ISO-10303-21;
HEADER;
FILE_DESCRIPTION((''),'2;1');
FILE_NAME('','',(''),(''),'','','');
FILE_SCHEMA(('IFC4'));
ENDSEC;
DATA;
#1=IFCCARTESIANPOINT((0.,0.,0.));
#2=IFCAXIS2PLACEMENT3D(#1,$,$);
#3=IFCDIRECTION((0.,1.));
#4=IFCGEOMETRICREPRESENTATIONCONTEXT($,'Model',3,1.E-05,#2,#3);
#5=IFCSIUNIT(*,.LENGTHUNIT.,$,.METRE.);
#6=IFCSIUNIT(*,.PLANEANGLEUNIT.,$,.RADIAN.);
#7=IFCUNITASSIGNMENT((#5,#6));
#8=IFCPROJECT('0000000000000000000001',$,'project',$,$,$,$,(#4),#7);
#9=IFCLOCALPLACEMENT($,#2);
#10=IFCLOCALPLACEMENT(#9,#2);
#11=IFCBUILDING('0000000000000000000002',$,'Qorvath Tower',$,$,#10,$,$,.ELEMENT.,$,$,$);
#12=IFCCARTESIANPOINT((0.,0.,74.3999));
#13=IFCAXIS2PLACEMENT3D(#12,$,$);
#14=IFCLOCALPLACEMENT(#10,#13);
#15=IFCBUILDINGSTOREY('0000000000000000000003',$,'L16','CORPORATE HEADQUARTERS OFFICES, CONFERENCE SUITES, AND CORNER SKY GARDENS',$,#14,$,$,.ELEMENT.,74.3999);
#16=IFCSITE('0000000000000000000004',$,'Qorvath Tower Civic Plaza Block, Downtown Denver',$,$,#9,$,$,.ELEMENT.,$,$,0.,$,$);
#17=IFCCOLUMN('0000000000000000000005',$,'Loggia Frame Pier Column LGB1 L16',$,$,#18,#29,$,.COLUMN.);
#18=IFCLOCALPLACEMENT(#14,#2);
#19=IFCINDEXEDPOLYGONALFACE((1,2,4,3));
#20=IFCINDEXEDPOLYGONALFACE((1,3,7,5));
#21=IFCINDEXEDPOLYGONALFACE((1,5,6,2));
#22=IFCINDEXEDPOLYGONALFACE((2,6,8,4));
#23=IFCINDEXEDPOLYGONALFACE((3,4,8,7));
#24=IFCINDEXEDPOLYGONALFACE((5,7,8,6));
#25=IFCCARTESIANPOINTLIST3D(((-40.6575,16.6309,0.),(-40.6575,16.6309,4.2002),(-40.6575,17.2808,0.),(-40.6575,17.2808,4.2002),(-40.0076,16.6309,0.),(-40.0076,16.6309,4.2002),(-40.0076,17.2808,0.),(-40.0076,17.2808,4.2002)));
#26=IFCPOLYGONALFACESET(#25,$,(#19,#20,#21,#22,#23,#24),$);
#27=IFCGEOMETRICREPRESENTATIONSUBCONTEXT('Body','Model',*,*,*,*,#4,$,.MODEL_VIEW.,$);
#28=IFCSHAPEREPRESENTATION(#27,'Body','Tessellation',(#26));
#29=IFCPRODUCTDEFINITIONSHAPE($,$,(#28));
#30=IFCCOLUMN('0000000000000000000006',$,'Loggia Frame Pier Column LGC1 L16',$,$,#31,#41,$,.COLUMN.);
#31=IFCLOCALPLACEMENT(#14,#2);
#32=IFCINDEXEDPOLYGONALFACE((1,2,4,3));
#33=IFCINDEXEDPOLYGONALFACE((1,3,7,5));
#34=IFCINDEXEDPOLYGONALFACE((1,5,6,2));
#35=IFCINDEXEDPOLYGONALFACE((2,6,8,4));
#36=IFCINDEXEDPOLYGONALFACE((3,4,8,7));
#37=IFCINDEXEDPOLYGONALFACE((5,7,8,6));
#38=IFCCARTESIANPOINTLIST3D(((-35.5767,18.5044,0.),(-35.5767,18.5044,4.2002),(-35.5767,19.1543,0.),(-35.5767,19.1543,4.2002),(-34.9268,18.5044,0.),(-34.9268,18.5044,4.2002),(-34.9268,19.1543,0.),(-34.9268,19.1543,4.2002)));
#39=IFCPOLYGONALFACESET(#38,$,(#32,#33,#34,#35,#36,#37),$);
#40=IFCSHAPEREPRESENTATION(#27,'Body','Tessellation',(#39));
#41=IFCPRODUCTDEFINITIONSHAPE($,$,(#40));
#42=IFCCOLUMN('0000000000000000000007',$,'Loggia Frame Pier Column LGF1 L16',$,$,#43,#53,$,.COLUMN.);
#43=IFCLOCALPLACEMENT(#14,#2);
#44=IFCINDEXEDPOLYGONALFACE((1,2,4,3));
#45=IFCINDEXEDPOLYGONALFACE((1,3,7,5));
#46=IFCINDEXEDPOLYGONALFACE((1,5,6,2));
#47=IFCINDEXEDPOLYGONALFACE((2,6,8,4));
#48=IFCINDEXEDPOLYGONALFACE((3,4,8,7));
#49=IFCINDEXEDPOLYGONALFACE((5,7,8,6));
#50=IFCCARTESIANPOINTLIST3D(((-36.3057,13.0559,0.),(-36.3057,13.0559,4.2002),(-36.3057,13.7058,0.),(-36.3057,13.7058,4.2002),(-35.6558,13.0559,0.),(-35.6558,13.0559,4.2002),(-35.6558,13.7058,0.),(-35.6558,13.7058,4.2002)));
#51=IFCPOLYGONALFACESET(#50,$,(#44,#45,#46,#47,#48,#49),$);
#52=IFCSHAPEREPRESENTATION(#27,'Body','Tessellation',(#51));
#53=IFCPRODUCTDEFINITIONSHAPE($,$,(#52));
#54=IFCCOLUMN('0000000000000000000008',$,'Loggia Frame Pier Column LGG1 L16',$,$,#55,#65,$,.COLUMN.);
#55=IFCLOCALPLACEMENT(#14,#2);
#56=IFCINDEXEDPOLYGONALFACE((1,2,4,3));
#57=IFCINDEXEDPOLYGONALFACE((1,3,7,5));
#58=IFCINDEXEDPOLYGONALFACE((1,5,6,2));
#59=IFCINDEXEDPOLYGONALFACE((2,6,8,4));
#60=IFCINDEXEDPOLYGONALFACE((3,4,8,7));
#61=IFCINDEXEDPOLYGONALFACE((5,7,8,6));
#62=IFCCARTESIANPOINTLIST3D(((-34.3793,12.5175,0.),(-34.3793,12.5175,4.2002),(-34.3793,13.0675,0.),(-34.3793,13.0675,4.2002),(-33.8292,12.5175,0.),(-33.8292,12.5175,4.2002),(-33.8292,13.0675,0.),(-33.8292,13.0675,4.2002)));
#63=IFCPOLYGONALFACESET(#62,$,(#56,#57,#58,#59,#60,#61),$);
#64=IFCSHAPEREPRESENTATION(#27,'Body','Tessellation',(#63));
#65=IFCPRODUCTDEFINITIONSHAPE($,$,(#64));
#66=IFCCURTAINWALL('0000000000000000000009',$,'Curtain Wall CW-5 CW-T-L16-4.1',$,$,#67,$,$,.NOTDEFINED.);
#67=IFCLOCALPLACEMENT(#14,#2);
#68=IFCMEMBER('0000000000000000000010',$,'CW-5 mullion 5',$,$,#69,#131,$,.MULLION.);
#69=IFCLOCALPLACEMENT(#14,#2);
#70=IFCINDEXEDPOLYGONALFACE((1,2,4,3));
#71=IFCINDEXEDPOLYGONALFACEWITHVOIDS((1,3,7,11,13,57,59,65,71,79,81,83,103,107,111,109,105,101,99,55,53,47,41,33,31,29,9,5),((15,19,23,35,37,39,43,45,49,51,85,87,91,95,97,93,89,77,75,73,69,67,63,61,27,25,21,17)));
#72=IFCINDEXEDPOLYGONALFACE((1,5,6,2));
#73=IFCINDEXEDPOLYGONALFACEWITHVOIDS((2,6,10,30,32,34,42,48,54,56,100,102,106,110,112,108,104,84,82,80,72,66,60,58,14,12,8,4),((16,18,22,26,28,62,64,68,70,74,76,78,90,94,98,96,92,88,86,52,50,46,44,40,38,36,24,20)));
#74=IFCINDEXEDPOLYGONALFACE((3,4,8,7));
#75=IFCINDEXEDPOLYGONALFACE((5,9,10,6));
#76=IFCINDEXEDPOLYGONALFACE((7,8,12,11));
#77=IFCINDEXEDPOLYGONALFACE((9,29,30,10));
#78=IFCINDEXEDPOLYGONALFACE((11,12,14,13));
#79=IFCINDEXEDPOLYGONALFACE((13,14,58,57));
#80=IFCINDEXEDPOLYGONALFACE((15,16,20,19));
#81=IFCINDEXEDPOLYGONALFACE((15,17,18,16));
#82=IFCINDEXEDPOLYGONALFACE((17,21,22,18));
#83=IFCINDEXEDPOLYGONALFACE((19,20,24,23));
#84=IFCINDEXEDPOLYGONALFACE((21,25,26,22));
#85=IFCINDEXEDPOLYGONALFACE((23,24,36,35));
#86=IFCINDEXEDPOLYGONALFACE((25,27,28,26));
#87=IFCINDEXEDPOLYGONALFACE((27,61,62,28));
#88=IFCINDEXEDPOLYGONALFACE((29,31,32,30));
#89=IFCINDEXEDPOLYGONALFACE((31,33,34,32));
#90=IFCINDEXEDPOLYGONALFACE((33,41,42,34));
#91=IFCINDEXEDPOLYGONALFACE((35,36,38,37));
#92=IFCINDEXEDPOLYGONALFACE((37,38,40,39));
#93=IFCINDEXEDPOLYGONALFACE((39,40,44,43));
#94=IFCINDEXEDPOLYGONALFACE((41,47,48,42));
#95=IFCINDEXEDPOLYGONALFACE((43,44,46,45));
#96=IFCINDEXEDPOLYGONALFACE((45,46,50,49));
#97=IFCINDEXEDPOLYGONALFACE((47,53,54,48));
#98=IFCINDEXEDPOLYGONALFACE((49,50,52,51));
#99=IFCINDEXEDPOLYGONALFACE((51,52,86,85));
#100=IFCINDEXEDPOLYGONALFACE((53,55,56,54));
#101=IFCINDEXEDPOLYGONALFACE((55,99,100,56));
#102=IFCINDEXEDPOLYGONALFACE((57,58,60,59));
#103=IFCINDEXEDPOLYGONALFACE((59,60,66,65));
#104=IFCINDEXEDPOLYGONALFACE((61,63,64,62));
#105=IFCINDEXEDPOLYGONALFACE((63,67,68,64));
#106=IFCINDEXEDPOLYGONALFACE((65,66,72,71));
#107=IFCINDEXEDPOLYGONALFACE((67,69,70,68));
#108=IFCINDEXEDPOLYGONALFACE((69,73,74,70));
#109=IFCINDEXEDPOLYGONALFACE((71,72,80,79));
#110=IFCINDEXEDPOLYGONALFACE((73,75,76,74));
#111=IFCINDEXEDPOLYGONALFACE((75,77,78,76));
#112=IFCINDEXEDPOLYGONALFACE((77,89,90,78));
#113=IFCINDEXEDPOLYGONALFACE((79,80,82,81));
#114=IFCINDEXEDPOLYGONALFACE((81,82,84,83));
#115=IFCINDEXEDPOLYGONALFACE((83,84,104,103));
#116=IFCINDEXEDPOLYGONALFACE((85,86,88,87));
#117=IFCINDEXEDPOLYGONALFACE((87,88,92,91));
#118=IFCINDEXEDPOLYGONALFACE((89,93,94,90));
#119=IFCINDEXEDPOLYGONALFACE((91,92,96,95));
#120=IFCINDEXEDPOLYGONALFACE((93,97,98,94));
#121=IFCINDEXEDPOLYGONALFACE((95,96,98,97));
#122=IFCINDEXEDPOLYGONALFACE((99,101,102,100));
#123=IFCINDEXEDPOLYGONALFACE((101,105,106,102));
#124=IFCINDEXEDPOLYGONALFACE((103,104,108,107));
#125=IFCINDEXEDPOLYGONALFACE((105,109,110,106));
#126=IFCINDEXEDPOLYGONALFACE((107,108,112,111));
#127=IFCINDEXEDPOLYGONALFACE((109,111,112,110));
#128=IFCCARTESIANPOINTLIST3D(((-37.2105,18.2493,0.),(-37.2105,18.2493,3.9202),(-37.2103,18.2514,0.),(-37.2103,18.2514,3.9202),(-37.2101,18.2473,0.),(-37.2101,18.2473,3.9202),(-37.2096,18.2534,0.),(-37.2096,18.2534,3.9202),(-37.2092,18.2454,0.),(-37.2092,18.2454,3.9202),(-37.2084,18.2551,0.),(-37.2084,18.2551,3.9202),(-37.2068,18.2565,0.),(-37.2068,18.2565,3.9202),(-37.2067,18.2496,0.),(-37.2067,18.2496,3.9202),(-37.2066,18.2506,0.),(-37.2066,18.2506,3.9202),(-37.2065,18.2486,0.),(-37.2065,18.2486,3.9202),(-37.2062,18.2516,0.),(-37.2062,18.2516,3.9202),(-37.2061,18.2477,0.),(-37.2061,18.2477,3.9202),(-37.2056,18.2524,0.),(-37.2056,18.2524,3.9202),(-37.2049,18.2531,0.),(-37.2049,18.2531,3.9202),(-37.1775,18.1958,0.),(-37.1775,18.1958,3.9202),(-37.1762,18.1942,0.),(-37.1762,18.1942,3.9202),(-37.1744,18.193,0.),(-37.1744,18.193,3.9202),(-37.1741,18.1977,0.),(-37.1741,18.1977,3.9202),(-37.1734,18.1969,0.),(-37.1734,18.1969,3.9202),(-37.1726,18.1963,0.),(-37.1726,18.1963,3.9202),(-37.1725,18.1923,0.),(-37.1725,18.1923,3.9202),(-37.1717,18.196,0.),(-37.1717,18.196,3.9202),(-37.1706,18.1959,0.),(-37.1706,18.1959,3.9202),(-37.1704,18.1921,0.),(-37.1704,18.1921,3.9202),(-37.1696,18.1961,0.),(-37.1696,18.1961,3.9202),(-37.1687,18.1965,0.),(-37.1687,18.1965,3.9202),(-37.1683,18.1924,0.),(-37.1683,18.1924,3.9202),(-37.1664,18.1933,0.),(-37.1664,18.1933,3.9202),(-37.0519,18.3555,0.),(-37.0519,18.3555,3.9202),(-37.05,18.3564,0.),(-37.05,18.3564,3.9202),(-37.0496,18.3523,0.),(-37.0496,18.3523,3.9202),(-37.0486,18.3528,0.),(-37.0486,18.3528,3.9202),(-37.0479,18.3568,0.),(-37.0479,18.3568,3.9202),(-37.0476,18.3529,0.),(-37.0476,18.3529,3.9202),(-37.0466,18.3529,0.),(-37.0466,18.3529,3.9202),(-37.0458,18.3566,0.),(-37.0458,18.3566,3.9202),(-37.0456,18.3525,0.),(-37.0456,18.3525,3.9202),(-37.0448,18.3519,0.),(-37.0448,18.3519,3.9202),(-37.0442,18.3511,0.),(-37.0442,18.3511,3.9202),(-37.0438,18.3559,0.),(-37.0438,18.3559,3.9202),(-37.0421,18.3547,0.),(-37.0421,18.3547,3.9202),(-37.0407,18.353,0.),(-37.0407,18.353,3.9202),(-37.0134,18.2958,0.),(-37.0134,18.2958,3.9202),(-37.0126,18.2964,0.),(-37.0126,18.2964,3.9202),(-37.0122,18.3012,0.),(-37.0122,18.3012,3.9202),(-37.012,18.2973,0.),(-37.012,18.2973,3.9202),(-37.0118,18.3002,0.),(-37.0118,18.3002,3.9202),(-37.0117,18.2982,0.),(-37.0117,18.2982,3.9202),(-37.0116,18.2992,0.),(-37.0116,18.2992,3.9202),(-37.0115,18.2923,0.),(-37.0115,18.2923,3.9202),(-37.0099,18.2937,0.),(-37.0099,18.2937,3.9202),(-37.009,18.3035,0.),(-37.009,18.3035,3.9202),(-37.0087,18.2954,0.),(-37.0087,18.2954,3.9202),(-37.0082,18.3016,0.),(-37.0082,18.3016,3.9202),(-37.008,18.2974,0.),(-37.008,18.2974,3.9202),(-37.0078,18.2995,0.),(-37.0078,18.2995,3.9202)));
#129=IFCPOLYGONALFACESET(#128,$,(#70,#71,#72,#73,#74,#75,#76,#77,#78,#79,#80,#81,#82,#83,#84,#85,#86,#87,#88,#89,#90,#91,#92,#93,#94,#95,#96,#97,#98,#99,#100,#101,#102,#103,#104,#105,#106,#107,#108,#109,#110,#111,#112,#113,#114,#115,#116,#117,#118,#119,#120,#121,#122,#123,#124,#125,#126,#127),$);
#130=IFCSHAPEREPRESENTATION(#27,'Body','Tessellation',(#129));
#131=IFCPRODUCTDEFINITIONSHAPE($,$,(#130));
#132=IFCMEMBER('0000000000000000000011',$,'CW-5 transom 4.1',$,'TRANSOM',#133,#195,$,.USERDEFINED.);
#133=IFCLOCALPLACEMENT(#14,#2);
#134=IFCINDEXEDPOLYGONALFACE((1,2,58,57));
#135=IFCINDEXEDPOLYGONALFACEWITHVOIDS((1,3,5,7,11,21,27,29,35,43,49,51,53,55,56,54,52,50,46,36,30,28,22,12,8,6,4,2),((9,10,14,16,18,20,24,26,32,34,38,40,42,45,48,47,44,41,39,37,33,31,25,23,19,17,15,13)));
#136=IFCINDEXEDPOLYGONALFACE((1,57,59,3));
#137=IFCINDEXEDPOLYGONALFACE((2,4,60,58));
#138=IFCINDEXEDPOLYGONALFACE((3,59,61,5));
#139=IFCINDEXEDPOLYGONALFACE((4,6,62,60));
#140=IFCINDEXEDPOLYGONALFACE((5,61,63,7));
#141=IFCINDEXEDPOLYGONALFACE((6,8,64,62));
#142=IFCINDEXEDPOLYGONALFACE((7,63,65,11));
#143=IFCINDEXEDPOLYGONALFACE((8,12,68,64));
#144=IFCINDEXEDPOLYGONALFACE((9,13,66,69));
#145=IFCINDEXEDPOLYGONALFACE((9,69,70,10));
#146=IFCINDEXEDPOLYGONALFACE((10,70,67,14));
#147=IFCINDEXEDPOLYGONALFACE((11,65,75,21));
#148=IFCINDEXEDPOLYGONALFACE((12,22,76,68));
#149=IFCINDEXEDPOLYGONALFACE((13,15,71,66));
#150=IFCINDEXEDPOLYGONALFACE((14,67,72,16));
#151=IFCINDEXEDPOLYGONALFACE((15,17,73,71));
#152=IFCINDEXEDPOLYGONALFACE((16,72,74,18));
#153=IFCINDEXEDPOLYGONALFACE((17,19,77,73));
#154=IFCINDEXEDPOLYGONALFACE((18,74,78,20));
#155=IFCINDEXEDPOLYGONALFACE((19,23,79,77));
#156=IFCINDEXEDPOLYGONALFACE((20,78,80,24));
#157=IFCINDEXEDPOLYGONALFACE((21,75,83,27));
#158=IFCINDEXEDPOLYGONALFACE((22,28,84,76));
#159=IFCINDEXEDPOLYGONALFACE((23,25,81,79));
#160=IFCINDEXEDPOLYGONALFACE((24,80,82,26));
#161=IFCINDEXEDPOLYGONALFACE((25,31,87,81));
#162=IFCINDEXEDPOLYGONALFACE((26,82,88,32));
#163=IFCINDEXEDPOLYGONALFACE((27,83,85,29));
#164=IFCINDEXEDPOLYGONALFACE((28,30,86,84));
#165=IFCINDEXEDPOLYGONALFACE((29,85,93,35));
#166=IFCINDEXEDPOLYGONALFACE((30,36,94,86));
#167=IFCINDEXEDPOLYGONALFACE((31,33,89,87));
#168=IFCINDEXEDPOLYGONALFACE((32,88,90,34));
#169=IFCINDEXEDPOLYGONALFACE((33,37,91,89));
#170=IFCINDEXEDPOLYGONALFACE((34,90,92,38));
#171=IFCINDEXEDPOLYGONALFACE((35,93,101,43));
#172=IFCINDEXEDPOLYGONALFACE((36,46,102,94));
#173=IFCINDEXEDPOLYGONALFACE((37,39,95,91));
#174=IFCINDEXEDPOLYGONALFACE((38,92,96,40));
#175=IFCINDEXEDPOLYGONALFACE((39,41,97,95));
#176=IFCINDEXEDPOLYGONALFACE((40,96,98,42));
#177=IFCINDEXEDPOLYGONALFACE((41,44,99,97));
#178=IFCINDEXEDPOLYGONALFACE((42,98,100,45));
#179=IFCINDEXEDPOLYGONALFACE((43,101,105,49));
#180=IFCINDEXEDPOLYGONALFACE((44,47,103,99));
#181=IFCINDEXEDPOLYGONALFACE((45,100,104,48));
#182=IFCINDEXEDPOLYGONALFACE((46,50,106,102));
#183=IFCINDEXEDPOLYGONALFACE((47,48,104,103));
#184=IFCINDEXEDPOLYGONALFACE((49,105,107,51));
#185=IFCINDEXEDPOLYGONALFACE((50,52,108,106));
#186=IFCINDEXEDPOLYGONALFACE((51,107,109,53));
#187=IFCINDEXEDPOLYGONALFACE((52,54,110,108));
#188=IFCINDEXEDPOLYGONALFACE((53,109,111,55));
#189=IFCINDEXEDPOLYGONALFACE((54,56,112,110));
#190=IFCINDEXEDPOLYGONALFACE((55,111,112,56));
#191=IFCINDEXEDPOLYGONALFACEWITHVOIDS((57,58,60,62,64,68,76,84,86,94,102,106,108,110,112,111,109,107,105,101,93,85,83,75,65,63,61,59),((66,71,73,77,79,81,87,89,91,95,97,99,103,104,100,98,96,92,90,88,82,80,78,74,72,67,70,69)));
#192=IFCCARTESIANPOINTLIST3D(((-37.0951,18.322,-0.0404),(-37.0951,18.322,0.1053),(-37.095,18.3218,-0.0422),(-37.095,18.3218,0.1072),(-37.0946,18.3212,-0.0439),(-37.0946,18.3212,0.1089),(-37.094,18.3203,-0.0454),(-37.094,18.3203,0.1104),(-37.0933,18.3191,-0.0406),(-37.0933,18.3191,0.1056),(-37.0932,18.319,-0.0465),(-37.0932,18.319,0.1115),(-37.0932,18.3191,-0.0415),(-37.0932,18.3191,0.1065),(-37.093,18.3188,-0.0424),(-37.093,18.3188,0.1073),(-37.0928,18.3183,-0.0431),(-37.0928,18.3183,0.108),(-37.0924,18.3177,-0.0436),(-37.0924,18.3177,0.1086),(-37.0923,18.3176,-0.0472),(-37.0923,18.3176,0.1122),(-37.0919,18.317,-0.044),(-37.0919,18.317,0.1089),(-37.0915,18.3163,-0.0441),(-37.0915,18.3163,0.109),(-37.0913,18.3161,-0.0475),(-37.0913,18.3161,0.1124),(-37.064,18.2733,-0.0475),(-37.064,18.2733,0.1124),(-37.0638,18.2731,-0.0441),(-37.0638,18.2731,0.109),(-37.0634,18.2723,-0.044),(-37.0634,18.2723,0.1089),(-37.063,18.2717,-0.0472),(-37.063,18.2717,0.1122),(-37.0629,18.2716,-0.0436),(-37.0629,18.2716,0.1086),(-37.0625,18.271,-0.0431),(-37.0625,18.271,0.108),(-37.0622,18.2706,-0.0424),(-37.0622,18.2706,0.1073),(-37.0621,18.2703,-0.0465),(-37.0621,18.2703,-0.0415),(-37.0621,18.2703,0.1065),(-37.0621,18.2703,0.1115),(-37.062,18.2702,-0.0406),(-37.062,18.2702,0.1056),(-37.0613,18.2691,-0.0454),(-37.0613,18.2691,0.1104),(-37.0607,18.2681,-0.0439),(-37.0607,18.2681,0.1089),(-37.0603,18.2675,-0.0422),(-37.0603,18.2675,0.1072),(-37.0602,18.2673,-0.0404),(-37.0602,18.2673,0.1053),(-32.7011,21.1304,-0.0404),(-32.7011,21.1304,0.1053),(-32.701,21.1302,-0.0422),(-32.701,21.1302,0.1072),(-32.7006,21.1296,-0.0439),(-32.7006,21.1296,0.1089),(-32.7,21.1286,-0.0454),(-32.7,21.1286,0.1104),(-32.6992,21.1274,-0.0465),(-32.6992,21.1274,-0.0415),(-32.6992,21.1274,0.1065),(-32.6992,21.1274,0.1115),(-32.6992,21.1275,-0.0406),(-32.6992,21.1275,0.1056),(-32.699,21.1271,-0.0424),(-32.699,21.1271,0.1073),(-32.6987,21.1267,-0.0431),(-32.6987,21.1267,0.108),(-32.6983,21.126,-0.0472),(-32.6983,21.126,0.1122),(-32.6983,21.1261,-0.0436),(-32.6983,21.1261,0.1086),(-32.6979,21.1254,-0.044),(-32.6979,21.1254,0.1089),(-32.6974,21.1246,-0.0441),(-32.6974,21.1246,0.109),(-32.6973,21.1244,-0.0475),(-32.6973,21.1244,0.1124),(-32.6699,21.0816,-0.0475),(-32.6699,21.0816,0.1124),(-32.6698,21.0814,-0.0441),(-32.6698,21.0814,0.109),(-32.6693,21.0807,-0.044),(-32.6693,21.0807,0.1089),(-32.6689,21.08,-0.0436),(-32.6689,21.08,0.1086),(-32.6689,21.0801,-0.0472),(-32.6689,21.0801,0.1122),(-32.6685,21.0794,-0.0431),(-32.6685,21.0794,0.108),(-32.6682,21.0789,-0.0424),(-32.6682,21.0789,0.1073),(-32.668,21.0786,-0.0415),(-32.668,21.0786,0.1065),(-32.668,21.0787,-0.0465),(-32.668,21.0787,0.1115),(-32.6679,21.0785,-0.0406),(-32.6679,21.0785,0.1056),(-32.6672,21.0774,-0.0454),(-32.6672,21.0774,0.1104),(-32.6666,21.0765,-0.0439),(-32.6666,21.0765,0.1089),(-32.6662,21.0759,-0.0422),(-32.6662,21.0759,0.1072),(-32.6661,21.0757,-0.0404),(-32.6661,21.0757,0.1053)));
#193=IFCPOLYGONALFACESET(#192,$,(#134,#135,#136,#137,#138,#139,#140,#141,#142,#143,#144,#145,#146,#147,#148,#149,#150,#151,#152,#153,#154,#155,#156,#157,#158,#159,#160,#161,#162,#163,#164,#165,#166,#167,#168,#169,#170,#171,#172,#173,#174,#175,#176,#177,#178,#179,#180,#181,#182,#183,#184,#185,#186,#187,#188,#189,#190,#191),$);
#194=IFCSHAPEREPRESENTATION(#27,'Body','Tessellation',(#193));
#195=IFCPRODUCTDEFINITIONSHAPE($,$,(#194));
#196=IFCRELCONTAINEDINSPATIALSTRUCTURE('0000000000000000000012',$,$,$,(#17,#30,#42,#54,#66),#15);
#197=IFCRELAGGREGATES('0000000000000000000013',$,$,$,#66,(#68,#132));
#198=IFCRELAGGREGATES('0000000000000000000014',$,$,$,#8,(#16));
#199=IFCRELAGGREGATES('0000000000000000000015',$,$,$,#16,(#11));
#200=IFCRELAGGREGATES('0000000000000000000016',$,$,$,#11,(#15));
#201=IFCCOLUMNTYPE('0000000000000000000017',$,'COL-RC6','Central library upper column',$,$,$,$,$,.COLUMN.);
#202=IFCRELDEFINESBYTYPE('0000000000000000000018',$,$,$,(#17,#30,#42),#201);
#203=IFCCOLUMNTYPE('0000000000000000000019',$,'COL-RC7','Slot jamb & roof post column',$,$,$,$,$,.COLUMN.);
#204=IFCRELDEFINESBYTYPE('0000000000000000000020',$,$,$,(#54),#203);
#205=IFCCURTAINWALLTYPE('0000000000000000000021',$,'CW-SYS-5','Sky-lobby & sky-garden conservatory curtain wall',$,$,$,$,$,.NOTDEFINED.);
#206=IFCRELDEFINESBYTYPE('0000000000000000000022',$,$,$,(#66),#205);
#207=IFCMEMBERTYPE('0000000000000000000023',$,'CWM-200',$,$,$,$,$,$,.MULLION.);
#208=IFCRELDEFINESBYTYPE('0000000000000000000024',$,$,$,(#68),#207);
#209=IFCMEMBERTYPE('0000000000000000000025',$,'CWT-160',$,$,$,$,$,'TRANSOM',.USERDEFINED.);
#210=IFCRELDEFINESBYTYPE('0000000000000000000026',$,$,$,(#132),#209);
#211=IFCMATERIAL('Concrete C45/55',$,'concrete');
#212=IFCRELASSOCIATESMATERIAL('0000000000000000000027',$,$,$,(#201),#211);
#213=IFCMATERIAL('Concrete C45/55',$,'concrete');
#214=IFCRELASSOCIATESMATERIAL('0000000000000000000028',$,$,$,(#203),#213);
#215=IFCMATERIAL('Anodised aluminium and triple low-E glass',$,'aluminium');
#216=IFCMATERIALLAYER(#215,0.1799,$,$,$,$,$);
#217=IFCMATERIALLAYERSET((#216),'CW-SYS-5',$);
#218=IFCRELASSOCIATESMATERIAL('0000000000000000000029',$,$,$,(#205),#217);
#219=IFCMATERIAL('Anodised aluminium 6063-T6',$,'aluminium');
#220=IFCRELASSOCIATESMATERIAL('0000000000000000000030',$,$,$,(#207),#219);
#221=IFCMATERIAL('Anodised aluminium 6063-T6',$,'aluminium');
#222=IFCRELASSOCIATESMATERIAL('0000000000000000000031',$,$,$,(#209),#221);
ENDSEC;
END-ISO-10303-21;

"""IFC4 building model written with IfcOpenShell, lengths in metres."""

from ifc_helpers import new_model, si_unit, direction, frame, origin, origin_2d, place, context, subcontext, project, spatial, rectangle, hollow_rectangle, extrude, material, layer, layer_set, material_profile, profile_set, type_object, element, aggregate, save


model = new_model("IFC4")

# Units and contexts
model_context = context("Model", 3, precision=1e-05, world=origin(), true_north=direction((0.0, 1.0)))
body_context = subcontext(model_context, "Body", "Model", "MODEL_VIEW")
ifc_project = project(units=[si_unit("LENGTHUNIT", "METRE"), si_unit("PLANEANGLEUNIT", "RADIAN")], contexts=[model_context])

# Site, building, storey
site_placement = place(None, origin())
site = spatial("IfcSite", under=ifc_project, at=site_placement, Name="Qorvath Tower Civic Plaza Block, Downtown Denver", CompositionType="ELEMENT", RefElevation=0.0)
building_placement = place(site_placement, origin())
building = spatial("IfcBuilding", under=site, at=building_placement, Name="Qorvath Tower", CompositionType="ELEMENT")
storey_placement = place(building_placement, frame((0.0, 0.0, 74.3999)))
storey = spatial("IfcBuildingStorey", under=building, at=storey_placement, Name="L16", Description="CORPORATE HEADQUARTERS OFFICES, CONFERENCE SUITES, AND CORNER SKY GARDENS", CompositionType="ELEMENT", Elevation=74.3999)

# Columns
ifc_material_1 = material(Name="Concrete C45/55", Category="concrete")
ifc_material_profile_1 = material_profile(ifc_material_1, rectangle(XDim=0.6499, YDim=0.6499, at=origin_2d()), Name="RC 650x650")
ifc_profile_set_1 = profile_set([ifc_material_profile_1], Name="Concrete C45/55")
column_type_1 = type_object("IfcColumnType", Name="COL-RC6", Description="Central library upper column", PredefinedType="COLUMN", material=ifc_profile_set_1)
for number, where, z_axis, x_axis, name in (
    (1, (-40.3325, 16.9558, 0.0), (0.0, 0.0, 1.0), (1.0, 0.0, 0.0), "Loggia Frame Pier Column LGB1 L16"),
    (2, (-35.2517, 18.8293, 0.0), (0.0, 0.0, 1.0), (1.0, 0.0, 0.0), "Loggia Frame Pier Column LGC1 L16"),
    (3, (-35.9807, 13.3809, 0.0), (0.0, 0.0, 1.0), (1.0, 0.0, 0.0), "Loggia Frame Pier Column LGF1 L16"),
):
    element("IfcColumn", number, at=place(storey_placement, frame(where, z_axis=z_axis, x_axis=x_axis)), inside=storey, type_object=column_type_1, Name=name, PredefinedType="COLUMN", context=body_context, shape_type="SweptSolid", body=[
        extrude(rectangle(XDim=0.6499, YDim=0.6499, at=origin_2d()), origin(), (0.0, 0.0, 1.0), 4.2002),
    ])
ifc_material_2 = material(Name="Concrete C45/55", Category="concrete")
ifc_material_profile_2 = material_profile(ifc_material_2, rectangle(XDim=0.55, YDim=0.55, at=origin_2d()), Name="RC 550x550")
ifc_profile_set_2 = profile_set([ifc_material_profile_2], Name="Concrete C45/55")
column_type_2 = type_object("IfcColumnType", Name="COL-RC7", Description="Slot jamb & roof post column", PredefinedType="COLUMN", material=ifc_profile_set_2)
column_placement = place(storey_placement, frame((-34.1042, 12.7925, 0.0), z_axis=(0.0, 0.0, 1.0), x_axis=(1.0, 0.0, 0.0)))
element("IfcColumn", 4, at=column_placement, inside=storey, type_object=column_type_2, Name="Loggia Frame Pier Column LGG1 L16", PredefinedType="COLUMN", context=body_context, shape_type="SweptSolid", body=[
    extrude(rectangle(XDim=0.55, YDim=0.55, at=origin_2d()), origin(), (0.0, 0.0, 1.0), 4.2002),
])

# Curtain wall, members
ifc_material_3 = material(Name="Anodised aluminium and triple low-E glass", Category="aluminium")
ifc_layer_1 = layer(ifc_material_3, 0.1799)
ifc_layer_set_1 = layer_set([ifc_layer_1], Name="CW-SYS-5")
curtain_wall_type = type_object("IfcCurtainWallType", Name="CW-SYS-5", Description="Sky-lobby & sky-garden conservatory curtain wall", PredefinedType="NOTDEFINED", material=ifc_layer_set_1)
curtain_wall_placement = place(storey_placement, origin())
curtain_wall = element("IfcCurtainWall", 5, at=curtain_wall_placement, inside=storey, type_object=curtain_wall_type, Name="Curtain Wall CW-5 CW-T-L16-4.1", PredefinedType="NOTDEFINED")
ifc_material_4 = material(Name="Anodised aluminium 6063-T6", Category="aluminium")
ifc_material_profile_3 = material_profile(ifc_material_4, hollow_rectangle(XDim=0.075, YDim=0.2, WallThickness=0.0039, InnerFilletRadius=0.0039, OuterFilletRadius=0.0081, at=origin_2d()), Name="CWM 200x75")
ifc_profile_set_3 = profile_set([ifc_material_profile_3], Name="Anodised aluminium 6063-T6")
member_type_1 = type_object("IfcMemberType", Name="CWM-200", PredefinedType="MULLION", material=ifc_profile_set_3)
member_1_placement = place(storey_placement, frame((-37.1091, 18.2744, 0.0), z_axis=(0.0, 0.0, 1.0), x_axis=(0.538533, -0.842604, 0.0)))
member_1 = element("IfcMember", 6, at=member_1_placement, type_object=member_type_1, Name="CW-5 mullion 5", PredefinedType="MULLION", context=body_context, shape_type="SweptSolid", body=[
    extrude(hollow_rectangle(XDim=0.075, YDim=0.2, WallThickness=0.0039, InnerFilletRadius=0.0039, OuterFilletRadius=0.0081, at=origin_2d()), origin(), (0.0, 0.0, 1.0), 3.9202),
])
ifc_material_5 = material(Name="Anodised aluminium 6063-T6", Category="aluminium")
ifc_material_profile_4 = material_profile(ifc_material_5, hollow_rectangle(XDim=0.0649, YDim=0.1599, WallThickness=0.0034, InnerFilletRadius=0.0034, OuterFilletRadius=0.0071, at=origin_2d()), Name="CWT 160x65")
ifc_profile_set_4 = profile_set([ifc_material_profile_4], Name="Anodised aluminium 6063-T6")
member_type_2 = type_object("IfcMemberType", Name="CWT-160", ElementType="TRANSOM", PredefinedType="USERDEFINED", material=ifc_profile_set_4)
member_2_placement = place(storey_placement, frame((-32.6836, 21.103, 0.0325), z_axis=(-0.842605, -0.538531, 0.0), x_axis=(0.538531, -0.842605, 0.0)))
member_2 = element("IfcMember", 7, at=member_2_placement, type_object=member_type_2, Name="CW-5 transom 4.1", ObjectType="TRANSOM", PredefinedType="USERDEFINED", context=body_context, shape_type="SweptSolid", body=[
    extrude(hollow_rectangle(XDim=0.0649, YDim=0.1599, WallThickness=0.0034, InnerFilletRadius=0.0034, OuterFilletRadius=0.0071, at=origin_2d()), origin(), (0.0, 0.0, 1.0), 5.2148),
])
aggregate(curtain_wall, [member_1, member_2])

save(model, "model.ifc")
